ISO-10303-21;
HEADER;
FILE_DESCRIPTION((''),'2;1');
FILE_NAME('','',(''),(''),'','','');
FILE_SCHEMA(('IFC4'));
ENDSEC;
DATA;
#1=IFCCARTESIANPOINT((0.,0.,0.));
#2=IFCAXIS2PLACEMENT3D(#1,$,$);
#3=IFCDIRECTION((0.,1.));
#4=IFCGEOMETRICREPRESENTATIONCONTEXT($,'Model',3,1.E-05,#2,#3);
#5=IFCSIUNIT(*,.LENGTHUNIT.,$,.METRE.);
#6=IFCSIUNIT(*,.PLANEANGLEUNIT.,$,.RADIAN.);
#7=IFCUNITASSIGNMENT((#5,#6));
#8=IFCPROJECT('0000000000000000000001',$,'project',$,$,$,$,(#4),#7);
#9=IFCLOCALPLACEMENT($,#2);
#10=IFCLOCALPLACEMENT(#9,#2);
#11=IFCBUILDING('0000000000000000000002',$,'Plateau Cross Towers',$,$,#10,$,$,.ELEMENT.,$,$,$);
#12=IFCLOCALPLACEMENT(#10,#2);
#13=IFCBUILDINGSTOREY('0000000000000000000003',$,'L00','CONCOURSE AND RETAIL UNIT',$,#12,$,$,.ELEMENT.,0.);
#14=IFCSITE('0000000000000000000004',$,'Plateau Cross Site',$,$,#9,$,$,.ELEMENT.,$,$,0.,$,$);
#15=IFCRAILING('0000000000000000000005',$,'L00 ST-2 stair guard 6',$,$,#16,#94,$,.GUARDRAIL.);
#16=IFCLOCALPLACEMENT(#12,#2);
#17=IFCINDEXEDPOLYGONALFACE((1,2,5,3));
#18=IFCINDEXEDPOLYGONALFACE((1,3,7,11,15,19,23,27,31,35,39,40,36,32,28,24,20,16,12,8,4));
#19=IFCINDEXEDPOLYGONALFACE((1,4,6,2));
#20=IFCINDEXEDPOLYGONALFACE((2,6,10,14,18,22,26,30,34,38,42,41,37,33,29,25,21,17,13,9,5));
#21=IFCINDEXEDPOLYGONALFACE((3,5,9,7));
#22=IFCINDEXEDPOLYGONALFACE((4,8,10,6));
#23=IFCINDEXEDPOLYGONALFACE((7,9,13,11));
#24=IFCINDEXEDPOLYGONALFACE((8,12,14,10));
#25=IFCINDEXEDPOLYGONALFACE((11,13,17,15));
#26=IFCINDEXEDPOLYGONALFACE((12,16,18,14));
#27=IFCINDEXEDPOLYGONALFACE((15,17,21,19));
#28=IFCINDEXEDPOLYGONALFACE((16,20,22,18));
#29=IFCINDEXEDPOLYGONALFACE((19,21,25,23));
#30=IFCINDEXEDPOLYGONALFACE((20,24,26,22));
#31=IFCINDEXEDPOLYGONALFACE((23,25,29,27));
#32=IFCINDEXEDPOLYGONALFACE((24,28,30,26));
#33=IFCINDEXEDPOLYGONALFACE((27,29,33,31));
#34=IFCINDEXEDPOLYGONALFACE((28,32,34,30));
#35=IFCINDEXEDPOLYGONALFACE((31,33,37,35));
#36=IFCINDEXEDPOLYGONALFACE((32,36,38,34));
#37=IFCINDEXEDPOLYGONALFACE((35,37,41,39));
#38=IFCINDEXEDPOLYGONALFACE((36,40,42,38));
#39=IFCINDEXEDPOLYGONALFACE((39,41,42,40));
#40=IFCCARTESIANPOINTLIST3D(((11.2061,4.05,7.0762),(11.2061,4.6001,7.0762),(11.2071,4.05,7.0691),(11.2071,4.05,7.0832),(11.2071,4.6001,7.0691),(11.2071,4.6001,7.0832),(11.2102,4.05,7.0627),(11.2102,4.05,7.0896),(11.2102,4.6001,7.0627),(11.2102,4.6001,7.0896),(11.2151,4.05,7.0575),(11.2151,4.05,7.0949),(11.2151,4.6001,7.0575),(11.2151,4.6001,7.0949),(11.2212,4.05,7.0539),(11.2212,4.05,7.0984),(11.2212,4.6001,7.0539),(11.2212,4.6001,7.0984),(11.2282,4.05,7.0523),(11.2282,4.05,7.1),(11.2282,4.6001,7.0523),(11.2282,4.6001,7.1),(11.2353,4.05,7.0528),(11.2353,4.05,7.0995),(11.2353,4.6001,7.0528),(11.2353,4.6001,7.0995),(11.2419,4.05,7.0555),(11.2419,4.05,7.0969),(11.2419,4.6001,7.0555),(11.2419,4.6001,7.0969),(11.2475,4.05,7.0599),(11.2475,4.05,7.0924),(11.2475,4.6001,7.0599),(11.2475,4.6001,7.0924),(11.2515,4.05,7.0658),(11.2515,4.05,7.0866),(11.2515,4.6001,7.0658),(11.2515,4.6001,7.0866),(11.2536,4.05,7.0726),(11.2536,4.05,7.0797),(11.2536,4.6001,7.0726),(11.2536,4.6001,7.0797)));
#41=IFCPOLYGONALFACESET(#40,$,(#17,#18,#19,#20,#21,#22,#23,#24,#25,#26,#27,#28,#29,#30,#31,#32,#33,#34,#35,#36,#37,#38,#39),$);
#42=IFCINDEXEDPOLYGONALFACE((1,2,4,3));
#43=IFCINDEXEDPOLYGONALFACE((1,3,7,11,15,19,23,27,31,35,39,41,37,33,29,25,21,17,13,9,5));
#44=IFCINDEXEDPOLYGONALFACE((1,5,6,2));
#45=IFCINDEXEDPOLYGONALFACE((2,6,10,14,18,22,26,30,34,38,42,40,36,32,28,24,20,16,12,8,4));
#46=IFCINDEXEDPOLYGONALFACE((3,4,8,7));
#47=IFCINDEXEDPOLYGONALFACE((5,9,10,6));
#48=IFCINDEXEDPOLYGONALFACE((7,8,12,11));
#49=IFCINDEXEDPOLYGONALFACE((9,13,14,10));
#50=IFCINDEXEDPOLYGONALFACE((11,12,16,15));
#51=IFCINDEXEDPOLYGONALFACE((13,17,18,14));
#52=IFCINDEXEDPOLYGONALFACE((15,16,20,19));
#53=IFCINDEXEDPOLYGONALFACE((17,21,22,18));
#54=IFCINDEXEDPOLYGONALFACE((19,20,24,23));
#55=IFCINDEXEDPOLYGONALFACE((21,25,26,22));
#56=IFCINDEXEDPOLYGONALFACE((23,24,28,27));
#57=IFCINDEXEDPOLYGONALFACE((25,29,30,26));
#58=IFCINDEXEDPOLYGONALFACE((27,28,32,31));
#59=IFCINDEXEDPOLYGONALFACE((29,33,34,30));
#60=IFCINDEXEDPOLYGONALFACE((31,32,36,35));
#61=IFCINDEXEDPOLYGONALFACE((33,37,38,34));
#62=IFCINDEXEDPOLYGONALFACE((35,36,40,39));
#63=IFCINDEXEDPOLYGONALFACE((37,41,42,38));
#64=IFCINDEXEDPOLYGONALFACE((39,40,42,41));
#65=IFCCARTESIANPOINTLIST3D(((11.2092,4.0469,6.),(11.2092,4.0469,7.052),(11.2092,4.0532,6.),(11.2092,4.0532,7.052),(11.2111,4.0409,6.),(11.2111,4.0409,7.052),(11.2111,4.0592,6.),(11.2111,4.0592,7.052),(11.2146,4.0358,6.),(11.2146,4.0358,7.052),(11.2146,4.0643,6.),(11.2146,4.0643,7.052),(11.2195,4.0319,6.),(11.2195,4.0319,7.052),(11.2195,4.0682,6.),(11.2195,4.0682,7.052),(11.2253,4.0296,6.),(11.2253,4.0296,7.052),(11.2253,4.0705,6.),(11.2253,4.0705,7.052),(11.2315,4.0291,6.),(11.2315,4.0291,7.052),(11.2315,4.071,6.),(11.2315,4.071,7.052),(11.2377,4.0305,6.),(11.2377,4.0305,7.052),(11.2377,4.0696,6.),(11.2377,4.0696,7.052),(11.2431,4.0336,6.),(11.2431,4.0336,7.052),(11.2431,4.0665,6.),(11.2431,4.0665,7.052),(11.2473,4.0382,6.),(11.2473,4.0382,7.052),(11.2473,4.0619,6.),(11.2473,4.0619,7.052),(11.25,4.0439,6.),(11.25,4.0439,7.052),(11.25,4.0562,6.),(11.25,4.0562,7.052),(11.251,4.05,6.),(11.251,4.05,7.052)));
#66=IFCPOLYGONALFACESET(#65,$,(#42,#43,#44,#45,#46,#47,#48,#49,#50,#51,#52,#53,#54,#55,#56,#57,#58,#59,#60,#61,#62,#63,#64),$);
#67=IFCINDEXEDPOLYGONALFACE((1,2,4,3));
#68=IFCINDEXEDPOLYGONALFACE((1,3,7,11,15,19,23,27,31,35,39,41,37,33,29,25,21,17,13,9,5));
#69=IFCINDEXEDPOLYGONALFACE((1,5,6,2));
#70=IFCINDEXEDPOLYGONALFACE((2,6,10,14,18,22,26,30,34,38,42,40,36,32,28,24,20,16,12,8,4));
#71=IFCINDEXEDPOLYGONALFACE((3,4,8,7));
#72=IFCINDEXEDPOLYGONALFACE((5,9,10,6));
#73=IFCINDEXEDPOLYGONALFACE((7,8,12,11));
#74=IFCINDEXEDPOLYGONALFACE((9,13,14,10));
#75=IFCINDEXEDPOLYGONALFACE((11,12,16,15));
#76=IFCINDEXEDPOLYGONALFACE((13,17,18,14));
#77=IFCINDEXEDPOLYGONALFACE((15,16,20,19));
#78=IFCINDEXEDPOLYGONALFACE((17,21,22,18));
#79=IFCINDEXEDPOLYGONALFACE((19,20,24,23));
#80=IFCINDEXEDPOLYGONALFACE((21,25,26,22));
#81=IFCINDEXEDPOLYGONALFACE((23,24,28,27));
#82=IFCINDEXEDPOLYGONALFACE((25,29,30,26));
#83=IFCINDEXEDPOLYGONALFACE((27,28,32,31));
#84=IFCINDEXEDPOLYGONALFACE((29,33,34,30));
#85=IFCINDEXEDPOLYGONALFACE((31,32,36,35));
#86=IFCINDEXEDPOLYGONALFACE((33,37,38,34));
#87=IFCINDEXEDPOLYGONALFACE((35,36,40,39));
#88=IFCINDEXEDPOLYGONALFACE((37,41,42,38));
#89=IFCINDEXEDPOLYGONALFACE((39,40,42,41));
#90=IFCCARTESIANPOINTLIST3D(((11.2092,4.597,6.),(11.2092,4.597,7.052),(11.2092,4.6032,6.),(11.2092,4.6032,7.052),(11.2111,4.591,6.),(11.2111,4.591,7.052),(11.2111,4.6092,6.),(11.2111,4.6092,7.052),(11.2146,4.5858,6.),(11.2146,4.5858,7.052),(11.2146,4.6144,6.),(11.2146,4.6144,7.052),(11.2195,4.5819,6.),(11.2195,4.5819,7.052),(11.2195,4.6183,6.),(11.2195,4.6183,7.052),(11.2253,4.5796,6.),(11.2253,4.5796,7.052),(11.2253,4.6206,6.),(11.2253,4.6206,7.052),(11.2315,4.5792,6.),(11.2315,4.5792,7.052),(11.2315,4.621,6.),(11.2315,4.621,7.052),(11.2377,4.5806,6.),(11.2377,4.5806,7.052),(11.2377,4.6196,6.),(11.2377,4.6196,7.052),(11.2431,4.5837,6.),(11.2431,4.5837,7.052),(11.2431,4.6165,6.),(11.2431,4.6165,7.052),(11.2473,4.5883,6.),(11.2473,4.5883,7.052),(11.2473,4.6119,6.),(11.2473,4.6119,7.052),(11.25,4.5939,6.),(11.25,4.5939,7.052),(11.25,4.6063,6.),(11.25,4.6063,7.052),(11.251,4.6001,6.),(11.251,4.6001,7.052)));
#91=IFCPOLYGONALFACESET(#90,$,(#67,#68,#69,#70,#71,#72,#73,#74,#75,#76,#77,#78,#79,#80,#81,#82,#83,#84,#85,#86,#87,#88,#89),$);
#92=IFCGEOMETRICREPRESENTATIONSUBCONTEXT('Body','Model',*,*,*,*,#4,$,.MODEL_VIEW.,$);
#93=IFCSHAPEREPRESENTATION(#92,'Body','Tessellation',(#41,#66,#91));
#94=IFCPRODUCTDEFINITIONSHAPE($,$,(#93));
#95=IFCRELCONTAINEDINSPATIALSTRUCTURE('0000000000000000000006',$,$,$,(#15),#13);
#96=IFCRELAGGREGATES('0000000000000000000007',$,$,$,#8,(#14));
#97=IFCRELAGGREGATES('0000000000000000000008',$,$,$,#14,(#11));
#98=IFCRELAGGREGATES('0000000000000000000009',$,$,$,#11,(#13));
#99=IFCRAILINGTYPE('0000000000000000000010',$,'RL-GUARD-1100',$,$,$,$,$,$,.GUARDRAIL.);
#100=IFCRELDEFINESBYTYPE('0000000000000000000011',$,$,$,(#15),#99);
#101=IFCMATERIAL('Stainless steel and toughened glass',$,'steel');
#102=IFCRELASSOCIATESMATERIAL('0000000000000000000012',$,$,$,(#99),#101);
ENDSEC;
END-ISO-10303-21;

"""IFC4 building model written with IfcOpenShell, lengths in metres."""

from ifc_helpers import new_model, si_unit, direction, frame, origin, origin_2d, place, context, subcontext, project, spatial, circle, extrude, material, type_object, element, save


model = new_model("IFC4")

# Units and contexts
model_context = context("Model", 3, precision=1e-05, world=origin(), true_north=direction((0.0, 1.0)))
body_context = subcontext(model_context, "Body", "Model", "MODEL_VIEW")
ifc_project = project(units=[si_unit("LENGTHUNIT", "METRE"), si_unit("PLANEANGLEUNIT", "RADIAN")], contexts=[model_context])

# Site, building, storey
site_placement = place(None, origin())
site = spatial("IfcSite", under=ifc_project, at=site_placement, Name="Plateau Cross Site", CompositionType="ELEMENT", RefElevation=0.0)
building_placement = place(site_placement, origin())
building = spatial("IfcBuilding", under=site, at=building_placement, Name="Plateau Cross Towers", CompositionType="ELEMENT")
storey_placement = place(building_placement, origin())
storey = spatial("IfcBuildingStorey", under=building, at=storey_placement, Name="L00", Description="CONCOURSE AND RETAIL UNIT", CompositionType="ELEMENT", Elevation=0.0)

# Railing
ifc_material_1 = material(Name="Stainless steel and toughened glass", Category="steel")
railing_type_1 = type_object("IfcRailingType", Name="RL-GUARD-1100", PredefinedType="GUARDRAIL", material=ifc_material_1)
railing_1_placement = place(storey_placement, frame((11.23, 4.05, 6.0)))
element("IfcRailing", 1, at=railing_1_placement, inside=storey, type_object=railing_type_1, Name="L00 ST-2 stair guard 6", PredefinedType="GUARDRAIL", context=body_context, shape_type="SweptSolid", body=[
    extrude(circle(Radius=0.0239, at=origin_2d()), frame((0.0, 0.0, 1.0762), z_axis=(0.0, 1.0, 0.0), x_axis=(-1.0, 0.0, 0.0)), (0.0, 0.0, 1.0), 0.55),
    extrude(circle(Radius=0.021, at=origin_2d()), origin(), (0.0, 0.0, 1.0), 1.052),
    extrude(circle(Radius=0.021, at=origin_2d()), frame((0.0, 0.55, 0.0)), (0.0, 0.0, 1.0), 1.052),
])

save(model, "model.ifc")
